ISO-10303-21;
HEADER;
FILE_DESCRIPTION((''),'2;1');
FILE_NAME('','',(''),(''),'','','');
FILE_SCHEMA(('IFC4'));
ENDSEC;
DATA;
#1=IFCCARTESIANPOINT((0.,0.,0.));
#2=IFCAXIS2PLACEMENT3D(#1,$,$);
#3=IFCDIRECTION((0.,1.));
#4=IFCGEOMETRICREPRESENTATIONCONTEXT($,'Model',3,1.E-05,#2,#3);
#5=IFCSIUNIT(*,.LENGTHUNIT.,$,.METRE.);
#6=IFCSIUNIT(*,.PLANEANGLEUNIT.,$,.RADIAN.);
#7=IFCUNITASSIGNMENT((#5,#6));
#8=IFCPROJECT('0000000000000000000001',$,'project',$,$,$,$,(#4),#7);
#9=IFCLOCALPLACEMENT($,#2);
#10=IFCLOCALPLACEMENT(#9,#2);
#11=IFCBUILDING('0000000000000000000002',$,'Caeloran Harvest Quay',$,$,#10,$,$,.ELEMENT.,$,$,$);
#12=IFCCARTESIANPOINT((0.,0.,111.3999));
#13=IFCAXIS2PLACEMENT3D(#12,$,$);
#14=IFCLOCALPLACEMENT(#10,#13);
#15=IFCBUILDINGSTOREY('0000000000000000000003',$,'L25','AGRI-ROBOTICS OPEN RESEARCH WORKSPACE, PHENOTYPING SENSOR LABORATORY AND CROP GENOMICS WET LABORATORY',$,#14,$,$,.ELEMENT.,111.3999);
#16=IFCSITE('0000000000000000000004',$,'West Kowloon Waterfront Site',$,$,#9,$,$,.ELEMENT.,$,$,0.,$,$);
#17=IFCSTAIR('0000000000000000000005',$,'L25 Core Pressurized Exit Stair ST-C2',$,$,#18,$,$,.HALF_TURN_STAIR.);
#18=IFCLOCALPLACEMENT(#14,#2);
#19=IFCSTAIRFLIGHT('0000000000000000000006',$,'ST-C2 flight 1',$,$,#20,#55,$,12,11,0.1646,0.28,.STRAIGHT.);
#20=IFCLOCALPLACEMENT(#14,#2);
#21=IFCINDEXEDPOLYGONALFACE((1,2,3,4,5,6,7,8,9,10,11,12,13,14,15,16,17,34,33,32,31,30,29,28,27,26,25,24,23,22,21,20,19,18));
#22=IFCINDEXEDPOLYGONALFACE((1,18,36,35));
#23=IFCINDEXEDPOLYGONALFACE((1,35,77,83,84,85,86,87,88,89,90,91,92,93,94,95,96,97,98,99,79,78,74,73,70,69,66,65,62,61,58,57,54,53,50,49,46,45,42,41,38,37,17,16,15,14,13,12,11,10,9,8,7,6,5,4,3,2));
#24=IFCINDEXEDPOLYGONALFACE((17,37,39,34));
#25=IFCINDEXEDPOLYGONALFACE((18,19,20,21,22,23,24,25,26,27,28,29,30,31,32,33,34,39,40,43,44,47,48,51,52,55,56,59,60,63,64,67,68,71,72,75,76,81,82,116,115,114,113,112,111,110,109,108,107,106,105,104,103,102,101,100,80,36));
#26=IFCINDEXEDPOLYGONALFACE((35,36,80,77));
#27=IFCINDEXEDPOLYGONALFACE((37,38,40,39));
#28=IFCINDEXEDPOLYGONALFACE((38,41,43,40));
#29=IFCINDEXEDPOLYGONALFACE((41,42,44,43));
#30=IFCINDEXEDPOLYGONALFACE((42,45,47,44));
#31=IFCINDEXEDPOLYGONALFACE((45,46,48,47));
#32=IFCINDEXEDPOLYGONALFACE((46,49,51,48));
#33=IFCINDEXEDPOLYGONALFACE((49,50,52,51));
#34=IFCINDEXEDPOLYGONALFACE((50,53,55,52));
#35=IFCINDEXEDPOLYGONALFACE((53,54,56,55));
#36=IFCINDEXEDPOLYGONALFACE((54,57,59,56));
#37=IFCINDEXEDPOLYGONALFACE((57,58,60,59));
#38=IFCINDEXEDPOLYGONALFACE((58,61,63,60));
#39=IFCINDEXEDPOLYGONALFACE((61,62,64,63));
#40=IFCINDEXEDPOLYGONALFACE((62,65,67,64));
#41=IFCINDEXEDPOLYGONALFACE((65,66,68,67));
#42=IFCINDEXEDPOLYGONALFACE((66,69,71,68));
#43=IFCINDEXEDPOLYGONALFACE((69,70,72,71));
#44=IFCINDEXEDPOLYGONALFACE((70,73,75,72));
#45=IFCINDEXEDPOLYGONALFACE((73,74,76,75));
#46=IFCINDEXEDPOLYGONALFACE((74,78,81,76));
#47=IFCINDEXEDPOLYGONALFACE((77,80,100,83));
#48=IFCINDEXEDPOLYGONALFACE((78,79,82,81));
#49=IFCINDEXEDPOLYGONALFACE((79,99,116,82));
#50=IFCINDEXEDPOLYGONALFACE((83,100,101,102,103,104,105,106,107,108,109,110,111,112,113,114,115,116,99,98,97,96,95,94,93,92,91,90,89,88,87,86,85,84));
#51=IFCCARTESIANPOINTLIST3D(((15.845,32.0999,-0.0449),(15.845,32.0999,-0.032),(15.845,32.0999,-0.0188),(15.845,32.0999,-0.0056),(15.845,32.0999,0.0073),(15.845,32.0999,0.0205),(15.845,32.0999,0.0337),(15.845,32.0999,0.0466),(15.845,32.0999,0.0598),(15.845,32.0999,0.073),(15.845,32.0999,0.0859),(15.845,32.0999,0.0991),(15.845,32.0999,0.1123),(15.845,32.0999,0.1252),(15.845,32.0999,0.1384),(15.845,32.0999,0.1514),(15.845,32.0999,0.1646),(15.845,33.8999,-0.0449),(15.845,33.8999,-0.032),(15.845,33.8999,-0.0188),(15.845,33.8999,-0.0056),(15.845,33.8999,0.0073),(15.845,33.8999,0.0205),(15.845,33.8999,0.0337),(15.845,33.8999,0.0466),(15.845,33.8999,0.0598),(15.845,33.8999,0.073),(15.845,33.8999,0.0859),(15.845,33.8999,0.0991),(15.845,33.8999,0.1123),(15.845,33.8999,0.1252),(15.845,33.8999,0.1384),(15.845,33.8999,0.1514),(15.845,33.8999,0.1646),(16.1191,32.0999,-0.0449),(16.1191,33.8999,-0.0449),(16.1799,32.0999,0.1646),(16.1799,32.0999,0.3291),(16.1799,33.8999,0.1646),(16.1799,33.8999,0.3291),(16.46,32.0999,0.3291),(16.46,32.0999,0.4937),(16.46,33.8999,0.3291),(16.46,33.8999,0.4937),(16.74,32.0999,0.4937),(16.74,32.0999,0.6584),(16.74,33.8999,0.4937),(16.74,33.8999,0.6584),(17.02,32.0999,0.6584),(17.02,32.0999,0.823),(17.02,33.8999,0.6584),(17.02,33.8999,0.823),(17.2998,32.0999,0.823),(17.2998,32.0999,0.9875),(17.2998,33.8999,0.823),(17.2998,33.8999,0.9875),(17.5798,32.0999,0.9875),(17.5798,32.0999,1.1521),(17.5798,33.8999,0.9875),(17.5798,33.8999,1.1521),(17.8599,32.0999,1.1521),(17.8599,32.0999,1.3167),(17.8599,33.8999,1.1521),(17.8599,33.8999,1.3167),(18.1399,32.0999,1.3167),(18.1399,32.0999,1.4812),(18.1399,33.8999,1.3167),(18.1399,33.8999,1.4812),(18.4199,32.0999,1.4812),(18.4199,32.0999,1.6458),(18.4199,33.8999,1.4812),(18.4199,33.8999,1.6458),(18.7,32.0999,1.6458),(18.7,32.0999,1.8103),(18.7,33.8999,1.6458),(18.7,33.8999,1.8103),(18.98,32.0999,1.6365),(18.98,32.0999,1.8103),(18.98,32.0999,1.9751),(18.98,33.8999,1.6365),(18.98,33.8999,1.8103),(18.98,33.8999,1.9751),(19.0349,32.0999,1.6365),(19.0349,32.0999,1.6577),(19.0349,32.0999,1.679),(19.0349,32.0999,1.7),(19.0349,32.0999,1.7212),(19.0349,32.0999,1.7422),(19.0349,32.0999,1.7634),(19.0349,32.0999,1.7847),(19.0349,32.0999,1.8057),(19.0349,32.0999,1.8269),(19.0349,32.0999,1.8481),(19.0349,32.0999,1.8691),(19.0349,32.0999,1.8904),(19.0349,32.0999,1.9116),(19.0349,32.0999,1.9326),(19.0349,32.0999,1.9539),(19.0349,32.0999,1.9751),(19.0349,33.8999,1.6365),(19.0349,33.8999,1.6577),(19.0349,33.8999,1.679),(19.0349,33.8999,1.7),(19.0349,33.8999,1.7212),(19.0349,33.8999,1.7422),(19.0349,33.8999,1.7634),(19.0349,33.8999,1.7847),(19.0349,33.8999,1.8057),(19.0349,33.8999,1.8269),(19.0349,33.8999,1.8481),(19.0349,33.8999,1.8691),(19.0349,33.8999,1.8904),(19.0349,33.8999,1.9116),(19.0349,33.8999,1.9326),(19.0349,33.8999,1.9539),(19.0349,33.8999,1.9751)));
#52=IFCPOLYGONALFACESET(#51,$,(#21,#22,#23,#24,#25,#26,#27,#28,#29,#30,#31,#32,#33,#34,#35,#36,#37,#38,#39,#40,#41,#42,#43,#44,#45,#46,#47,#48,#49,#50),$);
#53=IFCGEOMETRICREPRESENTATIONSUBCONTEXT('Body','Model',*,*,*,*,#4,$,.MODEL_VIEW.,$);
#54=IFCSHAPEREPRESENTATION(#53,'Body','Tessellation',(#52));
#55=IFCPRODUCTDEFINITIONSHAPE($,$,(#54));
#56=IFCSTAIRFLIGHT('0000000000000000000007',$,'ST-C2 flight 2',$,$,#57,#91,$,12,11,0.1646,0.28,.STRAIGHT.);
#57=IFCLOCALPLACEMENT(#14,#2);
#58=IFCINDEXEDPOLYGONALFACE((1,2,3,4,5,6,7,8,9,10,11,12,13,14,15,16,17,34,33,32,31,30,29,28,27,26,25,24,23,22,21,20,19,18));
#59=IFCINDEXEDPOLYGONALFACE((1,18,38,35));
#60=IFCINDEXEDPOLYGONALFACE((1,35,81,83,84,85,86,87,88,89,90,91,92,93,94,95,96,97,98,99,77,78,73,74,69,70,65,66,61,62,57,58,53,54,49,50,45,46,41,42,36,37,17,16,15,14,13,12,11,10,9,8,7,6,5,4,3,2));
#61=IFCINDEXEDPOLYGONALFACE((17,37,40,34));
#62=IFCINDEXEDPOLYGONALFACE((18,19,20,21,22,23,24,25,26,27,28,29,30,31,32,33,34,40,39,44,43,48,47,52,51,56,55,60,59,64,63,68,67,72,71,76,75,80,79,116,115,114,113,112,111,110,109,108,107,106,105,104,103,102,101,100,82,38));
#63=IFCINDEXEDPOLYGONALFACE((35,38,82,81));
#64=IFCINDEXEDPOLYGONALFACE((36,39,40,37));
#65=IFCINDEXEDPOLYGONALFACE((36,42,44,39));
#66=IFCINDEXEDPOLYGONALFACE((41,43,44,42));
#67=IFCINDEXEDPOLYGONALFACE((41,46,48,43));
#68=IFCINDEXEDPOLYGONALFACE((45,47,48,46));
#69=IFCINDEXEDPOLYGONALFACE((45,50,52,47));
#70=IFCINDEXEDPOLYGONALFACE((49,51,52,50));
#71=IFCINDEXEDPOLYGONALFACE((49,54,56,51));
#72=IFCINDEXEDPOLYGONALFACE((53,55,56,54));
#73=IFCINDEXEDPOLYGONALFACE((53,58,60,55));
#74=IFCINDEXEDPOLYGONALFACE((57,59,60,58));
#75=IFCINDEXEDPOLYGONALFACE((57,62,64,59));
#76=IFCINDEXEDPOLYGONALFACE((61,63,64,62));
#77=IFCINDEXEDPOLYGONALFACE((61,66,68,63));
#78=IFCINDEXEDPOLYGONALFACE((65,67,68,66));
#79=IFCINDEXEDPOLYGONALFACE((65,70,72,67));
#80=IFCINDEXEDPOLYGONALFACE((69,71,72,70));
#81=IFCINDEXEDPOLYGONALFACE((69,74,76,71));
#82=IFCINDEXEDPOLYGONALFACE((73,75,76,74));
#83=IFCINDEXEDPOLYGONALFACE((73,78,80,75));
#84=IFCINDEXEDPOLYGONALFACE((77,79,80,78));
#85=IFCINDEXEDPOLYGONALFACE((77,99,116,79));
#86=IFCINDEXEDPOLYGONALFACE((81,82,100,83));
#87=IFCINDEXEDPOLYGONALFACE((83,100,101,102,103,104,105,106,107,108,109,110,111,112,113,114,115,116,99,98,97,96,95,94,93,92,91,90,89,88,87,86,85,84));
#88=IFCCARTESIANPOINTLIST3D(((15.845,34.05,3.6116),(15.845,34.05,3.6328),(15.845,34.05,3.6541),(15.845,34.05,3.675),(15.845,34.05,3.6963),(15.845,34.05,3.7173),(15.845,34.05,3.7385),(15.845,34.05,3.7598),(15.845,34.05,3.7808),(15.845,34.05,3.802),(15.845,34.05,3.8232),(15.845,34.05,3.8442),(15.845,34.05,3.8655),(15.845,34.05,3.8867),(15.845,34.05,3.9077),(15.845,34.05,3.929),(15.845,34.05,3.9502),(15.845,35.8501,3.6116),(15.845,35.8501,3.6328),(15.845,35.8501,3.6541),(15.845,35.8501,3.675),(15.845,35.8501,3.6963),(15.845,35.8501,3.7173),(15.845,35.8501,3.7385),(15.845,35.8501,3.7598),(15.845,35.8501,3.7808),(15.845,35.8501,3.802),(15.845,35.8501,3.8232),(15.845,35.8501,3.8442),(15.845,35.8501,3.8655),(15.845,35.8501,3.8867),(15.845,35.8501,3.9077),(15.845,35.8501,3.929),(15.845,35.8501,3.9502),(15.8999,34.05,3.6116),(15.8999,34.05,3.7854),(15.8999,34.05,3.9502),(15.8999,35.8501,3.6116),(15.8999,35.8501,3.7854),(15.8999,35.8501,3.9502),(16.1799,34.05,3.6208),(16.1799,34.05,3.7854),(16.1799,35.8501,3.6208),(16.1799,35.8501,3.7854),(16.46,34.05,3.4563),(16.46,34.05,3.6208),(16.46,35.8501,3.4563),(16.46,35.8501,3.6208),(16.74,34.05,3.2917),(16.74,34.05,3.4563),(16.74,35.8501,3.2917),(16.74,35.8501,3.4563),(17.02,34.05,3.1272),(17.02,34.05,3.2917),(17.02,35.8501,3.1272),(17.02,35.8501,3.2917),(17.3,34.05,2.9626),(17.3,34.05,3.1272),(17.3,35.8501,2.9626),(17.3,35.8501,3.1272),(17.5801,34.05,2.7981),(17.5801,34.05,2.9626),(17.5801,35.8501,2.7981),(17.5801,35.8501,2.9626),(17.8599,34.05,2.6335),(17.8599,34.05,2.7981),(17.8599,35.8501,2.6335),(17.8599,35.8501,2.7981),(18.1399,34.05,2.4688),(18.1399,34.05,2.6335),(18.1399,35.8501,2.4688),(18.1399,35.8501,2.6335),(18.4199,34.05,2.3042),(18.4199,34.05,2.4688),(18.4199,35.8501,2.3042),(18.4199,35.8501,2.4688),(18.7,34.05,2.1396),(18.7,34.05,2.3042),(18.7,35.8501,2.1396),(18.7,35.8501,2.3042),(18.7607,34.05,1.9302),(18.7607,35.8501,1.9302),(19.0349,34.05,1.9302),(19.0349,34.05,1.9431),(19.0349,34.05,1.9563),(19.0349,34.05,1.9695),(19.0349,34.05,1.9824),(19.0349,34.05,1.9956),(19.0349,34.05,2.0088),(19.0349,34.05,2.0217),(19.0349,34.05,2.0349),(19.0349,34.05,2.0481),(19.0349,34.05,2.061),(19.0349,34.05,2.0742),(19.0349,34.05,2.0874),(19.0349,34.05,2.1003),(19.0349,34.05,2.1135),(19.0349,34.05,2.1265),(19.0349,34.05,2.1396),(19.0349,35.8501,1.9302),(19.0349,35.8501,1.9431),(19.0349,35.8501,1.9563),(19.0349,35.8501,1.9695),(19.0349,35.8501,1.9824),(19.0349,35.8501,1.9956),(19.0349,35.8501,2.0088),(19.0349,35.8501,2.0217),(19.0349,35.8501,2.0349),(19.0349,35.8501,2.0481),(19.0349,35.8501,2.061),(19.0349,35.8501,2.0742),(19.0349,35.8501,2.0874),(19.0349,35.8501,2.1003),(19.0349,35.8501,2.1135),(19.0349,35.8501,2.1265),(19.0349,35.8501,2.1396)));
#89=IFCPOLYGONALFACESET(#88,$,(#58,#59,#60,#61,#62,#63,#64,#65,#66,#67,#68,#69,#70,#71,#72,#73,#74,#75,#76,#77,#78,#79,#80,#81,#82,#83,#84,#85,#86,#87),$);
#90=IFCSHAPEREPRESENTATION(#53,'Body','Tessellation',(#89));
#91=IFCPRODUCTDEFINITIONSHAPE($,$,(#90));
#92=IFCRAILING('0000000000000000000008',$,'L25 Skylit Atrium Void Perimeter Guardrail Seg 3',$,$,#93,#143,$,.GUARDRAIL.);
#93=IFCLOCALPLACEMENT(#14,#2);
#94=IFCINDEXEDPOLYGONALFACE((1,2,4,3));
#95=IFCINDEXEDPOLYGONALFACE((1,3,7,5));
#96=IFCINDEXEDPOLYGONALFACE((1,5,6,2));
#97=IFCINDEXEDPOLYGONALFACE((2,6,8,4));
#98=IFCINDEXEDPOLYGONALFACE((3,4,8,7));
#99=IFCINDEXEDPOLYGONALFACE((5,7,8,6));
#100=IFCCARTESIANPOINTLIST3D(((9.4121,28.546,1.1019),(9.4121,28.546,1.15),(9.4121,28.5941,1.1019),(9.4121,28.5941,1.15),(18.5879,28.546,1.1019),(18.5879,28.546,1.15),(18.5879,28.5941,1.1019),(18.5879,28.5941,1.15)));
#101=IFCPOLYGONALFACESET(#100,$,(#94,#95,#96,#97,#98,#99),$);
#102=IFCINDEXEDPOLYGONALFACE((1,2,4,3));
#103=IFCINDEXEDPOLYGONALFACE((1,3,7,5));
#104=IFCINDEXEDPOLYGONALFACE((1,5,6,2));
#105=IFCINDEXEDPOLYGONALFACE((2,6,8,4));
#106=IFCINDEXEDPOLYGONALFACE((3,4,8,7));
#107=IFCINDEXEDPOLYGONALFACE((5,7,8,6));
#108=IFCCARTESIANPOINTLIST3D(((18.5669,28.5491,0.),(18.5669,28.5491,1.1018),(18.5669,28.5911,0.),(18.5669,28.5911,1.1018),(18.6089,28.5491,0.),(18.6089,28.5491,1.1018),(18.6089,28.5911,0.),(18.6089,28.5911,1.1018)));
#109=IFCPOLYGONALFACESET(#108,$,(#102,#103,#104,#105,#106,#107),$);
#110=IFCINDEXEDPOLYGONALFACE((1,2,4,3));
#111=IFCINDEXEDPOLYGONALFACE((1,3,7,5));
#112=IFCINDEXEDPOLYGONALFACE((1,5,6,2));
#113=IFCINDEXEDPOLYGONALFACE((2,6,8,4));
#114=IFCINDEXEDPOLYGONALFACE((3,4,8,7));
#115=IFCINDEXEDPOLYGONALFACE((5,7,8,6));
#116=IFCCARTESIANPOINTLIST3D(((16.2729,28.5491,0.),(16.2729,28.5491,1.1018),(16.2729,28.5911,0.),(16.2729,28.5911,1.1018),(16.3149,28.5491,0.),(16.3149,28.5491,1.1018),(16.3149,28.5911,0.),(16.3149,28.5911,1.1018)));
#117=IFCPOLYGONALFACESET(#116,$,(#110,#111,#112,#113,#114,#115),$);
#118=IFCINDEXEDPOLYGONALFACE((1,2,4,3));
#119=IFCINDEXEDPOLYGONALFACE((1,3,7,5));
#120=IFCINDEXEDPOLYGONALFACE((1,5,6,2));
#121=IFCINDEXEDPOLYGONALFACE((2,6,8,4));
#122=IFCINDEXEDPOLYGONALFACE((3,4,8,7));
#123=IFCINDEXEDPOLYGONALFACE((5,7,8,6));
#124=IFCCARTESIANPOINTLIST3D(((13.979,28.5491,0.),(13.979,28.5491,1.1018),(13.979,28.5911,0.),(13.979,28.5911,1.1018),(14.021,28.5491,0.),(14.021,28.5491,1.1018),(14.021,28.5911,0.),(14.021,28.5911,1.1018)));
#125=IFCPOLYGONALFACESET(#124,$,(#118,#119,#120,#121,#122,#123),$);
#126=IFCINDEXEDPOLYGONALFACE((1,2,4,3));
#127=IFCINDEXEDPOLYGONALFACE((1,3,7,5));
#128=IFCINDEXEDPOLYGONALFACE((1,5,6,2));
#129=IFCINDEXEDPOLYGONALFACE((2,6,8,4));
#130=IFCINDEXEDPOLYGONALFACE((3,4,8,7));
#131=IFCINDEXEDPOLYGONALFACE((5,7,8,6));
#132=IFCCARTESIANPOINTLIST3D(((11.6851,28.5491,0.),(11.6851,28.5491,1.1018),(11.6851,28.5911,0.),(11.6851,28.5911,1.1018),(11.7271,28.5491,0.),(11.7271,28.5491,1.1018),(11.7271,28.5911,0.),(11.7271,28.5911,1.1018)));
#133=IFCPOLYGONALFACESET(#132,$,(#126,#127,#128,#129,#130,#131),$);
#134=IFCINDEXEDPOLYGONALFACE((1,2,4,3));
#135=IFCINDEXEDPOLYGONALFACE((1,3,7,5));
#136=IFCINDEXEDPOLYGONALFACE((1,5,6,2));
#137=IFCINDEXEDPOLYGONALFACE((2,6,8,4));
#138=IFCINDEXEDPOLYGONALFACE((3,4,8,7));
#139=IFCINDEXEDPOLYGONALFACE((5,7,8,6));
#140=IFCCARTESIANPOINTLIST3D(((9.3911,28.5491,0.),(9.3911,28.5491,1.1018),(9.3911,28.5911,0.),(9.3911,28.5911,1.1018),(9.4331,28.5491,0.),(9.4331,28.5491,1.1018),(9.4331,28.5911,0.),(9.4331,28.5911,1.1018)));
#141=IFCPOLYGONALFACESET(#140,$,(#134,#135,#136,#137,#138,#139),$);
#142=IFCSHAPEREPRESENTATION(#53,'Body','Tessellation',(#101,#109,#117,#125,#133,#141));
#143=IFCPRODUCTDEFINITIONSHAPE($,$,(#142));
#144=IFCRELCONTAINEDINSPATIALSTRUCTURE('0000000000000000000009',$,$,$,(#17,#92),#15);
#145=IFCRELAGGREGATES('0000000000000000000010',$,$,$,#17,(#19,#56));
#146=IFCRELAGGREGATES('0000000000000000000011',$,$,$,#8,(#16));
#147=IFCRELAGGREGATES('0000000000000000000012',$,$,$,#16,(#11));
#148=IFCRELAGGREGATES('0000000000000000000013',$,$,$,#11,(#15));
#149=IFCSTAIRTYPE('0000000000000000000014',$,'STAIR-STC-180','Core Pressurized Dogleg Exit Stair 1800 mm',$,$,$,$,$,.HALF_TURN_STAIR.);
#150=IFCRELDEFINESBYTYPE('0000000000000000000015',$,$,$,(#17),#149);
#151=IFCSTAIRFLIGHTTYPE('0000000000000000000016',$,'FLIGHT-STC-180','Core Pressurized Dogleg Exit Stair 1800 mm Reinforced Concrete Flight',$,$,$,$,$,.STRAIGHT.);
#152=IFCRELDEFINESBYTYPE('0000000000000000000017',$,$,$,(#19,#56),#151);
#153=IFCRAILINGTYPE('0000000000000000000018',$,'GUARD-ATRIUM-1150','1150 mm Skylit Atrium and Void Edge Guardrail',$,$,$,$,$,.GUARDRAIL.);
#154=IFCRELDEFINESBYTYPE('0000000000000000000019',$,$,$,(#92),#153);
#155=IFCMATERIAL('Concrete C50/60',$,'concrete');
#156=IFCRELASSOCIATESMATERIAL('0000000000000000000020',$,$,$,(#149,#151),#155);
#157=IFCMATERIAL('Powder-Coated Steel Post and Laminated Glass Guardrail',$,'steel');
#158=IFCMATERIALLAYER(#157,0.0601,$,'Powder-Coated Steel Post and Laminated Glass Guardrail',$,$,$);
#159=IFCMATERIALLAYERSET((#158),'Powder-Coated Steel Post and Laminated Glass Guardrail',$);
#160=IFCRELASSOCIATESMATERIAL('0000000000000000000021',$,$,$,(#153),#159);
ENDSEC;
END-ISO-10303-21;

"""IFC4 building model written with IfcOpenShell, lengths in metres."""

from ifc_helpers import new_model, si_unit, direction, frame, origin, origin_2d, place, context, subcontext, project, spatial, polyline, rectangle, outline, extrude, material, layer, layer_set, type_object, element, aggregate, save


model = new_model("IFC4")

# Units and contexts
model_context = context("Model", 3, precision=1e-05, world=origin(), true_north=direction((0.0, 1.0)))
body_context = subcontext(model_context, "Body", "Model", "MODEL_VIEW")
ifc_project = project(units=[si_unit("LENGTHUNIT", "METRE"), si_unit("PLANEANGLEUNIT", "RADIAN")], contexts=[model_context])

# Site, building, storey
site_placement = place(None, origin())
site = spatial("IfcSite", under=ifc_project, at=site_placement, Name="West Kowloon Waterfront Site", CompositionType="ELEMENT", RefElevation=0.0)
building_placement = place(site_placement, origin())
building = spatial("IfcBuilding", under=site, at=building_placement, Name="Caeloran Harvest Quay", CompositionType="ELEMENT")
storey_placement = place(building_placement, frame((0.0, 0.0, 111.3999)))
storey = spatial("IfcBuildingStorey", under=building, at=storey_placement, Name="L25", Description="AGRI-ROBOTICS OPEN RESEARCH WORKSPACE, PHENOTYPING SENSOR LABORATORY AND CROP GENOMICS WET LABORATORY", CompositionType="ELEMENT", Elevation=111.3999)

# Stair, stair flights
ifc_material_1 = material(Name="Concrete C50/60", Category="concrete")
stair_type = type_object("IfcStairType", Name="STAIR-STC-180", Description="Core Pressurized Dogleg Exit Stair 1800 mm", PredefinedType="HALF_TURN_STAIR", material=ifc_material_1)
stair_placement = place(storey_placement, origin())
stair = element("IfcStair", 1, at=stair_placement, inside=storey, type_object=stair_type, Name="L25 Core Pressurized Exit Stair ST-C2", PredefinedType="HALF_TURN_STAIR")
stair_flight_type = type_object("IfcStairFlightType", Name="FLIGHT-STC-180", Description="Core Pressurized Dogleg Exit Stair 1800 mm Reinforced Concrete Flight", PredefinedType="STRAIGHT", material=ifc_material_1)
stair_flight_1_placement = place(storey_placement, frame((15.8999, 33.0, 0.0), z_axis=(0.0, 0.0, 1.0), x_axis=(1.0, 0.0, 0.0)))
stair_flight_1 = element("IfcStairFlight", 2, at=stair_flight_1_placement, type_object=stair_flight_type, Name="ST-C2 flight 1", NumberOfRisers=12, NumberOfTreads=11, PredefinedType="STRAIGHT", RiserHeight=0.1646, TreadLength=0.28, context=body_context, shape_type="SweptSolid", body=[
    extrude(outline(polyline([(-0.0549, -0.0449), (-0.0549, -0.032), (-0.0549, -0.0188), (-0.0549, -0.0056), (-0.0549, 0.0073), (-0.0549, 0.0205), (-0.0549, 0.0337), (-0.0549, 0.0466), (-0.0549, 0.0598), (-0.0549, 0.073), (-0.0549, 0.0859), (-0.0549, 0.0991), (-0.0549, 0.1123), (-0.0549, 0.1252), (-0.0549, 0.1384), (-0.0549, 0.1514), (-0.0549, 0.1646), (0.28, 0.1646), (0.28, 0.3291), (0.5601, 0.3291), (0.5601, 0.4937), (0.8401, 0.4937), (0.8401, 0.6584), (1.1201, 0.6584), (1.1201, 0.823), (1.3999, 0.823), (1.3999, 0.9875), (1.6799, 0.9875), (1.6799, 1.1521), (1.96, 1.1521), (1.96, 1.3167), (2.24, 1.3167), (2.24, 1.4812), (2.52, 1.4812), (2.52, 1.6458), (2.8, 1.6458), (2.8, 1.8103), (3.0801, 1.8103), (3.0801, 1.9751), (3.135, 1.9751), (3.135, 1.9539), (3.135, 1.9326), (3.135, 1.9116), (3.135, 1.8904), (3.135, 1.8691), (3.135, 1.8481), (3.135, 1.8269), (3.135, 1.8057), (3.135, 1.7847), (3.135, 1.7634), (3.135, 1.7422), (3.135, 1.7212), (3.135, 1.7), (3.135, 1.679), (3.135, 1.6577), (3.135, 1.6365), (3.0801, 1.6365), (0.2192, -0.0449), (-0.0549, -0.0449)])), frame((0.0, 0.8999, 0.0), z_axis=(0.0, -1.0, 0.0), x_axis=(1.0, 0.0, 0.0)), (0.0, 0.0, 1.0), 1.8),
])
stair_flight_2_placement = place(storey_placement, frame((18.98, 34.95, 1.9751), z_axis=(0.0, 0.0, 1.0), x_axis=(-1.0, 0.0, 0.0)))
stair_flight_2 = element("IfcStairFlight", 3, at=stair_flight_2_placement, type_object=stair_flight_type, Name="ST-C2 flight 2", NumberOfRisers=12, NumberOfTreads=11, PredefinedType="STRAIGHT", RiserHeight=0.1646, TreadLength=0.28, context=body_context, shape_type="SweptSolid", body=[
    extrude(outline(polyline([(-0.0549, -0.0449), (-0.0549, -0.032), (-0.0549, -0.0188), (-0.0549, -0.0056), (-0.0549, 0.0073), (-0.0549, 0.0205), (-0.0549, 0.0337), (-0.0549, 0.0466), (-0.0549, 0.0598), (-0.0549, 0.073), (-0.0549, 0.0859), (-0.0549, 0.0991), (-0.0549, 0.1123), (-0.0549, 0.1252), (-0.0549, 0.1384), (-0.0549, 0.1514), (-0.0549, 0.1646), (0.28, 0.1646), (0.28, 0.3291), (0.5601, 0.3291), (0.5601, 0.4937), (0.8401, 0.4937), (0.8401, 0.6584), (1.1201, 0.6584), (1.1201, 0.823), (1.3999, 0.823), (1.3999, 0.9875), (1.6799, 0.9875), (1.6799, 1.1521), (1.96, 1.1521), (1.96, 1.3167), (2.24, 1.3167), (2.24, 1.4812), (2.52, 1.4812), (2.52, 1.6458), (2.8, 1.6458), (2.8, 1.8103), (3.0801, 1.8103), (3.0801, 1.9751), (3.135, 1.9751), (3.135, 1.9539), (3.135, 1.9326), (3.135, 1.9116), (3.135, 1.8904), (3.135, 1.8691), (3.135, 1.8481), (3.135, 1.8269), (3.135, 1.8057), (3.135, 1.7847), (3.135, 1.7634), (3.135, 1.7422), (3.135, 1.7212), (3.135, 1.7), (3.135, 1.679), (3.135, 1.6577), (3.135, 1.6365), (3.0801, 1.6365), (0.2192, -0.0449), (-0.0549, -0.0449)])), frame((0.0, 0.8999, 0.0), z_axis=(0.0, -1.0, 0.0), x_axis=(1.0, 0.0, 0.0)), (0.0, 0.0, 1.0), 1.8),
])
aggregate(stair, [stair_flight_1, stair_flight_2])

# Railing
ifc_material_2 = material(Name="Powder-Coated Steel Post and Laminated Glass Guardrail", Category="steel")
ifc_layer_1 = layer(ifc_material_2, 0.0601, Name="Powder-Coated Steel Post and Laminated Glass Guardrail")
ifc_layer_set_1 = layer_set([ifc_layer_1], Name="Powder-Coated Steel Post and Laminated Glass Guardrail")
railing_type_1 = type_object("IfcRailingType", Name="GUARD-ATRIUM-1150", Description="1150 mm Skylit Atrium and Void Edge Guardrail", PredefinedType="GUARDRAIL", material=ifc_layer_set_1)
railing_1_placement = place(storey_placement, frame((18.5879, 28.5701, 0.0)))
element("IfcRailing", 4, at=railing_1_placement, inside=storey, type_object=railing_type_1, Name="L25 Skylit Atrium Void Perimeter Guardrail Seg 3", PredefinedType="GUARDRAIL", context=body_context, shape_type="SweptSolid", body=[
    extrude(rectangle(XDim=0.0481, YDim=0.0481, at=origin_2d()), frame((0.0, 0.0, 1.126), z_axis=(-1.0, 0.0, 0.0), x_axis=(0.0, -1.0, 0.0)), (0.0, 0.0, 1.0), 9.1758),
    extrude(rectangle(XDim=0.042, YDim=0.042, at=origin_2d()), origin(), (0.0, 0.0, 1.0), 1.1018),
    extrude(rectangle(XDim=0.042, YDim=0.042, at=origin_2d()), frame((-2.2939, 0.0, 0.0)), (0.0, 0.0, 1.0), 1.1018),
    extrude(rectangle(XDim=0.042, YDim=0.042, at=origin_2d()), frame((-4.5879, 0.0, 0.0)), (0.0, 0.0, 1.0), 1.1018),
    extrude(rectangle(XDim=0.042, YDim=0.042, at=origin_2d()), frame((-6.8818, 0.0, 0.0)), (0.0, 0.0, 1.0), 1.1018),
    extrude(rectangle(XDim=0.042, YDim=0.042, at=origin_2d()), frame((-9.1758, 0.0, 0.0)), (0.0, 0.0, 1.0), 1.1018),
])

save(model, "model.ifc")
